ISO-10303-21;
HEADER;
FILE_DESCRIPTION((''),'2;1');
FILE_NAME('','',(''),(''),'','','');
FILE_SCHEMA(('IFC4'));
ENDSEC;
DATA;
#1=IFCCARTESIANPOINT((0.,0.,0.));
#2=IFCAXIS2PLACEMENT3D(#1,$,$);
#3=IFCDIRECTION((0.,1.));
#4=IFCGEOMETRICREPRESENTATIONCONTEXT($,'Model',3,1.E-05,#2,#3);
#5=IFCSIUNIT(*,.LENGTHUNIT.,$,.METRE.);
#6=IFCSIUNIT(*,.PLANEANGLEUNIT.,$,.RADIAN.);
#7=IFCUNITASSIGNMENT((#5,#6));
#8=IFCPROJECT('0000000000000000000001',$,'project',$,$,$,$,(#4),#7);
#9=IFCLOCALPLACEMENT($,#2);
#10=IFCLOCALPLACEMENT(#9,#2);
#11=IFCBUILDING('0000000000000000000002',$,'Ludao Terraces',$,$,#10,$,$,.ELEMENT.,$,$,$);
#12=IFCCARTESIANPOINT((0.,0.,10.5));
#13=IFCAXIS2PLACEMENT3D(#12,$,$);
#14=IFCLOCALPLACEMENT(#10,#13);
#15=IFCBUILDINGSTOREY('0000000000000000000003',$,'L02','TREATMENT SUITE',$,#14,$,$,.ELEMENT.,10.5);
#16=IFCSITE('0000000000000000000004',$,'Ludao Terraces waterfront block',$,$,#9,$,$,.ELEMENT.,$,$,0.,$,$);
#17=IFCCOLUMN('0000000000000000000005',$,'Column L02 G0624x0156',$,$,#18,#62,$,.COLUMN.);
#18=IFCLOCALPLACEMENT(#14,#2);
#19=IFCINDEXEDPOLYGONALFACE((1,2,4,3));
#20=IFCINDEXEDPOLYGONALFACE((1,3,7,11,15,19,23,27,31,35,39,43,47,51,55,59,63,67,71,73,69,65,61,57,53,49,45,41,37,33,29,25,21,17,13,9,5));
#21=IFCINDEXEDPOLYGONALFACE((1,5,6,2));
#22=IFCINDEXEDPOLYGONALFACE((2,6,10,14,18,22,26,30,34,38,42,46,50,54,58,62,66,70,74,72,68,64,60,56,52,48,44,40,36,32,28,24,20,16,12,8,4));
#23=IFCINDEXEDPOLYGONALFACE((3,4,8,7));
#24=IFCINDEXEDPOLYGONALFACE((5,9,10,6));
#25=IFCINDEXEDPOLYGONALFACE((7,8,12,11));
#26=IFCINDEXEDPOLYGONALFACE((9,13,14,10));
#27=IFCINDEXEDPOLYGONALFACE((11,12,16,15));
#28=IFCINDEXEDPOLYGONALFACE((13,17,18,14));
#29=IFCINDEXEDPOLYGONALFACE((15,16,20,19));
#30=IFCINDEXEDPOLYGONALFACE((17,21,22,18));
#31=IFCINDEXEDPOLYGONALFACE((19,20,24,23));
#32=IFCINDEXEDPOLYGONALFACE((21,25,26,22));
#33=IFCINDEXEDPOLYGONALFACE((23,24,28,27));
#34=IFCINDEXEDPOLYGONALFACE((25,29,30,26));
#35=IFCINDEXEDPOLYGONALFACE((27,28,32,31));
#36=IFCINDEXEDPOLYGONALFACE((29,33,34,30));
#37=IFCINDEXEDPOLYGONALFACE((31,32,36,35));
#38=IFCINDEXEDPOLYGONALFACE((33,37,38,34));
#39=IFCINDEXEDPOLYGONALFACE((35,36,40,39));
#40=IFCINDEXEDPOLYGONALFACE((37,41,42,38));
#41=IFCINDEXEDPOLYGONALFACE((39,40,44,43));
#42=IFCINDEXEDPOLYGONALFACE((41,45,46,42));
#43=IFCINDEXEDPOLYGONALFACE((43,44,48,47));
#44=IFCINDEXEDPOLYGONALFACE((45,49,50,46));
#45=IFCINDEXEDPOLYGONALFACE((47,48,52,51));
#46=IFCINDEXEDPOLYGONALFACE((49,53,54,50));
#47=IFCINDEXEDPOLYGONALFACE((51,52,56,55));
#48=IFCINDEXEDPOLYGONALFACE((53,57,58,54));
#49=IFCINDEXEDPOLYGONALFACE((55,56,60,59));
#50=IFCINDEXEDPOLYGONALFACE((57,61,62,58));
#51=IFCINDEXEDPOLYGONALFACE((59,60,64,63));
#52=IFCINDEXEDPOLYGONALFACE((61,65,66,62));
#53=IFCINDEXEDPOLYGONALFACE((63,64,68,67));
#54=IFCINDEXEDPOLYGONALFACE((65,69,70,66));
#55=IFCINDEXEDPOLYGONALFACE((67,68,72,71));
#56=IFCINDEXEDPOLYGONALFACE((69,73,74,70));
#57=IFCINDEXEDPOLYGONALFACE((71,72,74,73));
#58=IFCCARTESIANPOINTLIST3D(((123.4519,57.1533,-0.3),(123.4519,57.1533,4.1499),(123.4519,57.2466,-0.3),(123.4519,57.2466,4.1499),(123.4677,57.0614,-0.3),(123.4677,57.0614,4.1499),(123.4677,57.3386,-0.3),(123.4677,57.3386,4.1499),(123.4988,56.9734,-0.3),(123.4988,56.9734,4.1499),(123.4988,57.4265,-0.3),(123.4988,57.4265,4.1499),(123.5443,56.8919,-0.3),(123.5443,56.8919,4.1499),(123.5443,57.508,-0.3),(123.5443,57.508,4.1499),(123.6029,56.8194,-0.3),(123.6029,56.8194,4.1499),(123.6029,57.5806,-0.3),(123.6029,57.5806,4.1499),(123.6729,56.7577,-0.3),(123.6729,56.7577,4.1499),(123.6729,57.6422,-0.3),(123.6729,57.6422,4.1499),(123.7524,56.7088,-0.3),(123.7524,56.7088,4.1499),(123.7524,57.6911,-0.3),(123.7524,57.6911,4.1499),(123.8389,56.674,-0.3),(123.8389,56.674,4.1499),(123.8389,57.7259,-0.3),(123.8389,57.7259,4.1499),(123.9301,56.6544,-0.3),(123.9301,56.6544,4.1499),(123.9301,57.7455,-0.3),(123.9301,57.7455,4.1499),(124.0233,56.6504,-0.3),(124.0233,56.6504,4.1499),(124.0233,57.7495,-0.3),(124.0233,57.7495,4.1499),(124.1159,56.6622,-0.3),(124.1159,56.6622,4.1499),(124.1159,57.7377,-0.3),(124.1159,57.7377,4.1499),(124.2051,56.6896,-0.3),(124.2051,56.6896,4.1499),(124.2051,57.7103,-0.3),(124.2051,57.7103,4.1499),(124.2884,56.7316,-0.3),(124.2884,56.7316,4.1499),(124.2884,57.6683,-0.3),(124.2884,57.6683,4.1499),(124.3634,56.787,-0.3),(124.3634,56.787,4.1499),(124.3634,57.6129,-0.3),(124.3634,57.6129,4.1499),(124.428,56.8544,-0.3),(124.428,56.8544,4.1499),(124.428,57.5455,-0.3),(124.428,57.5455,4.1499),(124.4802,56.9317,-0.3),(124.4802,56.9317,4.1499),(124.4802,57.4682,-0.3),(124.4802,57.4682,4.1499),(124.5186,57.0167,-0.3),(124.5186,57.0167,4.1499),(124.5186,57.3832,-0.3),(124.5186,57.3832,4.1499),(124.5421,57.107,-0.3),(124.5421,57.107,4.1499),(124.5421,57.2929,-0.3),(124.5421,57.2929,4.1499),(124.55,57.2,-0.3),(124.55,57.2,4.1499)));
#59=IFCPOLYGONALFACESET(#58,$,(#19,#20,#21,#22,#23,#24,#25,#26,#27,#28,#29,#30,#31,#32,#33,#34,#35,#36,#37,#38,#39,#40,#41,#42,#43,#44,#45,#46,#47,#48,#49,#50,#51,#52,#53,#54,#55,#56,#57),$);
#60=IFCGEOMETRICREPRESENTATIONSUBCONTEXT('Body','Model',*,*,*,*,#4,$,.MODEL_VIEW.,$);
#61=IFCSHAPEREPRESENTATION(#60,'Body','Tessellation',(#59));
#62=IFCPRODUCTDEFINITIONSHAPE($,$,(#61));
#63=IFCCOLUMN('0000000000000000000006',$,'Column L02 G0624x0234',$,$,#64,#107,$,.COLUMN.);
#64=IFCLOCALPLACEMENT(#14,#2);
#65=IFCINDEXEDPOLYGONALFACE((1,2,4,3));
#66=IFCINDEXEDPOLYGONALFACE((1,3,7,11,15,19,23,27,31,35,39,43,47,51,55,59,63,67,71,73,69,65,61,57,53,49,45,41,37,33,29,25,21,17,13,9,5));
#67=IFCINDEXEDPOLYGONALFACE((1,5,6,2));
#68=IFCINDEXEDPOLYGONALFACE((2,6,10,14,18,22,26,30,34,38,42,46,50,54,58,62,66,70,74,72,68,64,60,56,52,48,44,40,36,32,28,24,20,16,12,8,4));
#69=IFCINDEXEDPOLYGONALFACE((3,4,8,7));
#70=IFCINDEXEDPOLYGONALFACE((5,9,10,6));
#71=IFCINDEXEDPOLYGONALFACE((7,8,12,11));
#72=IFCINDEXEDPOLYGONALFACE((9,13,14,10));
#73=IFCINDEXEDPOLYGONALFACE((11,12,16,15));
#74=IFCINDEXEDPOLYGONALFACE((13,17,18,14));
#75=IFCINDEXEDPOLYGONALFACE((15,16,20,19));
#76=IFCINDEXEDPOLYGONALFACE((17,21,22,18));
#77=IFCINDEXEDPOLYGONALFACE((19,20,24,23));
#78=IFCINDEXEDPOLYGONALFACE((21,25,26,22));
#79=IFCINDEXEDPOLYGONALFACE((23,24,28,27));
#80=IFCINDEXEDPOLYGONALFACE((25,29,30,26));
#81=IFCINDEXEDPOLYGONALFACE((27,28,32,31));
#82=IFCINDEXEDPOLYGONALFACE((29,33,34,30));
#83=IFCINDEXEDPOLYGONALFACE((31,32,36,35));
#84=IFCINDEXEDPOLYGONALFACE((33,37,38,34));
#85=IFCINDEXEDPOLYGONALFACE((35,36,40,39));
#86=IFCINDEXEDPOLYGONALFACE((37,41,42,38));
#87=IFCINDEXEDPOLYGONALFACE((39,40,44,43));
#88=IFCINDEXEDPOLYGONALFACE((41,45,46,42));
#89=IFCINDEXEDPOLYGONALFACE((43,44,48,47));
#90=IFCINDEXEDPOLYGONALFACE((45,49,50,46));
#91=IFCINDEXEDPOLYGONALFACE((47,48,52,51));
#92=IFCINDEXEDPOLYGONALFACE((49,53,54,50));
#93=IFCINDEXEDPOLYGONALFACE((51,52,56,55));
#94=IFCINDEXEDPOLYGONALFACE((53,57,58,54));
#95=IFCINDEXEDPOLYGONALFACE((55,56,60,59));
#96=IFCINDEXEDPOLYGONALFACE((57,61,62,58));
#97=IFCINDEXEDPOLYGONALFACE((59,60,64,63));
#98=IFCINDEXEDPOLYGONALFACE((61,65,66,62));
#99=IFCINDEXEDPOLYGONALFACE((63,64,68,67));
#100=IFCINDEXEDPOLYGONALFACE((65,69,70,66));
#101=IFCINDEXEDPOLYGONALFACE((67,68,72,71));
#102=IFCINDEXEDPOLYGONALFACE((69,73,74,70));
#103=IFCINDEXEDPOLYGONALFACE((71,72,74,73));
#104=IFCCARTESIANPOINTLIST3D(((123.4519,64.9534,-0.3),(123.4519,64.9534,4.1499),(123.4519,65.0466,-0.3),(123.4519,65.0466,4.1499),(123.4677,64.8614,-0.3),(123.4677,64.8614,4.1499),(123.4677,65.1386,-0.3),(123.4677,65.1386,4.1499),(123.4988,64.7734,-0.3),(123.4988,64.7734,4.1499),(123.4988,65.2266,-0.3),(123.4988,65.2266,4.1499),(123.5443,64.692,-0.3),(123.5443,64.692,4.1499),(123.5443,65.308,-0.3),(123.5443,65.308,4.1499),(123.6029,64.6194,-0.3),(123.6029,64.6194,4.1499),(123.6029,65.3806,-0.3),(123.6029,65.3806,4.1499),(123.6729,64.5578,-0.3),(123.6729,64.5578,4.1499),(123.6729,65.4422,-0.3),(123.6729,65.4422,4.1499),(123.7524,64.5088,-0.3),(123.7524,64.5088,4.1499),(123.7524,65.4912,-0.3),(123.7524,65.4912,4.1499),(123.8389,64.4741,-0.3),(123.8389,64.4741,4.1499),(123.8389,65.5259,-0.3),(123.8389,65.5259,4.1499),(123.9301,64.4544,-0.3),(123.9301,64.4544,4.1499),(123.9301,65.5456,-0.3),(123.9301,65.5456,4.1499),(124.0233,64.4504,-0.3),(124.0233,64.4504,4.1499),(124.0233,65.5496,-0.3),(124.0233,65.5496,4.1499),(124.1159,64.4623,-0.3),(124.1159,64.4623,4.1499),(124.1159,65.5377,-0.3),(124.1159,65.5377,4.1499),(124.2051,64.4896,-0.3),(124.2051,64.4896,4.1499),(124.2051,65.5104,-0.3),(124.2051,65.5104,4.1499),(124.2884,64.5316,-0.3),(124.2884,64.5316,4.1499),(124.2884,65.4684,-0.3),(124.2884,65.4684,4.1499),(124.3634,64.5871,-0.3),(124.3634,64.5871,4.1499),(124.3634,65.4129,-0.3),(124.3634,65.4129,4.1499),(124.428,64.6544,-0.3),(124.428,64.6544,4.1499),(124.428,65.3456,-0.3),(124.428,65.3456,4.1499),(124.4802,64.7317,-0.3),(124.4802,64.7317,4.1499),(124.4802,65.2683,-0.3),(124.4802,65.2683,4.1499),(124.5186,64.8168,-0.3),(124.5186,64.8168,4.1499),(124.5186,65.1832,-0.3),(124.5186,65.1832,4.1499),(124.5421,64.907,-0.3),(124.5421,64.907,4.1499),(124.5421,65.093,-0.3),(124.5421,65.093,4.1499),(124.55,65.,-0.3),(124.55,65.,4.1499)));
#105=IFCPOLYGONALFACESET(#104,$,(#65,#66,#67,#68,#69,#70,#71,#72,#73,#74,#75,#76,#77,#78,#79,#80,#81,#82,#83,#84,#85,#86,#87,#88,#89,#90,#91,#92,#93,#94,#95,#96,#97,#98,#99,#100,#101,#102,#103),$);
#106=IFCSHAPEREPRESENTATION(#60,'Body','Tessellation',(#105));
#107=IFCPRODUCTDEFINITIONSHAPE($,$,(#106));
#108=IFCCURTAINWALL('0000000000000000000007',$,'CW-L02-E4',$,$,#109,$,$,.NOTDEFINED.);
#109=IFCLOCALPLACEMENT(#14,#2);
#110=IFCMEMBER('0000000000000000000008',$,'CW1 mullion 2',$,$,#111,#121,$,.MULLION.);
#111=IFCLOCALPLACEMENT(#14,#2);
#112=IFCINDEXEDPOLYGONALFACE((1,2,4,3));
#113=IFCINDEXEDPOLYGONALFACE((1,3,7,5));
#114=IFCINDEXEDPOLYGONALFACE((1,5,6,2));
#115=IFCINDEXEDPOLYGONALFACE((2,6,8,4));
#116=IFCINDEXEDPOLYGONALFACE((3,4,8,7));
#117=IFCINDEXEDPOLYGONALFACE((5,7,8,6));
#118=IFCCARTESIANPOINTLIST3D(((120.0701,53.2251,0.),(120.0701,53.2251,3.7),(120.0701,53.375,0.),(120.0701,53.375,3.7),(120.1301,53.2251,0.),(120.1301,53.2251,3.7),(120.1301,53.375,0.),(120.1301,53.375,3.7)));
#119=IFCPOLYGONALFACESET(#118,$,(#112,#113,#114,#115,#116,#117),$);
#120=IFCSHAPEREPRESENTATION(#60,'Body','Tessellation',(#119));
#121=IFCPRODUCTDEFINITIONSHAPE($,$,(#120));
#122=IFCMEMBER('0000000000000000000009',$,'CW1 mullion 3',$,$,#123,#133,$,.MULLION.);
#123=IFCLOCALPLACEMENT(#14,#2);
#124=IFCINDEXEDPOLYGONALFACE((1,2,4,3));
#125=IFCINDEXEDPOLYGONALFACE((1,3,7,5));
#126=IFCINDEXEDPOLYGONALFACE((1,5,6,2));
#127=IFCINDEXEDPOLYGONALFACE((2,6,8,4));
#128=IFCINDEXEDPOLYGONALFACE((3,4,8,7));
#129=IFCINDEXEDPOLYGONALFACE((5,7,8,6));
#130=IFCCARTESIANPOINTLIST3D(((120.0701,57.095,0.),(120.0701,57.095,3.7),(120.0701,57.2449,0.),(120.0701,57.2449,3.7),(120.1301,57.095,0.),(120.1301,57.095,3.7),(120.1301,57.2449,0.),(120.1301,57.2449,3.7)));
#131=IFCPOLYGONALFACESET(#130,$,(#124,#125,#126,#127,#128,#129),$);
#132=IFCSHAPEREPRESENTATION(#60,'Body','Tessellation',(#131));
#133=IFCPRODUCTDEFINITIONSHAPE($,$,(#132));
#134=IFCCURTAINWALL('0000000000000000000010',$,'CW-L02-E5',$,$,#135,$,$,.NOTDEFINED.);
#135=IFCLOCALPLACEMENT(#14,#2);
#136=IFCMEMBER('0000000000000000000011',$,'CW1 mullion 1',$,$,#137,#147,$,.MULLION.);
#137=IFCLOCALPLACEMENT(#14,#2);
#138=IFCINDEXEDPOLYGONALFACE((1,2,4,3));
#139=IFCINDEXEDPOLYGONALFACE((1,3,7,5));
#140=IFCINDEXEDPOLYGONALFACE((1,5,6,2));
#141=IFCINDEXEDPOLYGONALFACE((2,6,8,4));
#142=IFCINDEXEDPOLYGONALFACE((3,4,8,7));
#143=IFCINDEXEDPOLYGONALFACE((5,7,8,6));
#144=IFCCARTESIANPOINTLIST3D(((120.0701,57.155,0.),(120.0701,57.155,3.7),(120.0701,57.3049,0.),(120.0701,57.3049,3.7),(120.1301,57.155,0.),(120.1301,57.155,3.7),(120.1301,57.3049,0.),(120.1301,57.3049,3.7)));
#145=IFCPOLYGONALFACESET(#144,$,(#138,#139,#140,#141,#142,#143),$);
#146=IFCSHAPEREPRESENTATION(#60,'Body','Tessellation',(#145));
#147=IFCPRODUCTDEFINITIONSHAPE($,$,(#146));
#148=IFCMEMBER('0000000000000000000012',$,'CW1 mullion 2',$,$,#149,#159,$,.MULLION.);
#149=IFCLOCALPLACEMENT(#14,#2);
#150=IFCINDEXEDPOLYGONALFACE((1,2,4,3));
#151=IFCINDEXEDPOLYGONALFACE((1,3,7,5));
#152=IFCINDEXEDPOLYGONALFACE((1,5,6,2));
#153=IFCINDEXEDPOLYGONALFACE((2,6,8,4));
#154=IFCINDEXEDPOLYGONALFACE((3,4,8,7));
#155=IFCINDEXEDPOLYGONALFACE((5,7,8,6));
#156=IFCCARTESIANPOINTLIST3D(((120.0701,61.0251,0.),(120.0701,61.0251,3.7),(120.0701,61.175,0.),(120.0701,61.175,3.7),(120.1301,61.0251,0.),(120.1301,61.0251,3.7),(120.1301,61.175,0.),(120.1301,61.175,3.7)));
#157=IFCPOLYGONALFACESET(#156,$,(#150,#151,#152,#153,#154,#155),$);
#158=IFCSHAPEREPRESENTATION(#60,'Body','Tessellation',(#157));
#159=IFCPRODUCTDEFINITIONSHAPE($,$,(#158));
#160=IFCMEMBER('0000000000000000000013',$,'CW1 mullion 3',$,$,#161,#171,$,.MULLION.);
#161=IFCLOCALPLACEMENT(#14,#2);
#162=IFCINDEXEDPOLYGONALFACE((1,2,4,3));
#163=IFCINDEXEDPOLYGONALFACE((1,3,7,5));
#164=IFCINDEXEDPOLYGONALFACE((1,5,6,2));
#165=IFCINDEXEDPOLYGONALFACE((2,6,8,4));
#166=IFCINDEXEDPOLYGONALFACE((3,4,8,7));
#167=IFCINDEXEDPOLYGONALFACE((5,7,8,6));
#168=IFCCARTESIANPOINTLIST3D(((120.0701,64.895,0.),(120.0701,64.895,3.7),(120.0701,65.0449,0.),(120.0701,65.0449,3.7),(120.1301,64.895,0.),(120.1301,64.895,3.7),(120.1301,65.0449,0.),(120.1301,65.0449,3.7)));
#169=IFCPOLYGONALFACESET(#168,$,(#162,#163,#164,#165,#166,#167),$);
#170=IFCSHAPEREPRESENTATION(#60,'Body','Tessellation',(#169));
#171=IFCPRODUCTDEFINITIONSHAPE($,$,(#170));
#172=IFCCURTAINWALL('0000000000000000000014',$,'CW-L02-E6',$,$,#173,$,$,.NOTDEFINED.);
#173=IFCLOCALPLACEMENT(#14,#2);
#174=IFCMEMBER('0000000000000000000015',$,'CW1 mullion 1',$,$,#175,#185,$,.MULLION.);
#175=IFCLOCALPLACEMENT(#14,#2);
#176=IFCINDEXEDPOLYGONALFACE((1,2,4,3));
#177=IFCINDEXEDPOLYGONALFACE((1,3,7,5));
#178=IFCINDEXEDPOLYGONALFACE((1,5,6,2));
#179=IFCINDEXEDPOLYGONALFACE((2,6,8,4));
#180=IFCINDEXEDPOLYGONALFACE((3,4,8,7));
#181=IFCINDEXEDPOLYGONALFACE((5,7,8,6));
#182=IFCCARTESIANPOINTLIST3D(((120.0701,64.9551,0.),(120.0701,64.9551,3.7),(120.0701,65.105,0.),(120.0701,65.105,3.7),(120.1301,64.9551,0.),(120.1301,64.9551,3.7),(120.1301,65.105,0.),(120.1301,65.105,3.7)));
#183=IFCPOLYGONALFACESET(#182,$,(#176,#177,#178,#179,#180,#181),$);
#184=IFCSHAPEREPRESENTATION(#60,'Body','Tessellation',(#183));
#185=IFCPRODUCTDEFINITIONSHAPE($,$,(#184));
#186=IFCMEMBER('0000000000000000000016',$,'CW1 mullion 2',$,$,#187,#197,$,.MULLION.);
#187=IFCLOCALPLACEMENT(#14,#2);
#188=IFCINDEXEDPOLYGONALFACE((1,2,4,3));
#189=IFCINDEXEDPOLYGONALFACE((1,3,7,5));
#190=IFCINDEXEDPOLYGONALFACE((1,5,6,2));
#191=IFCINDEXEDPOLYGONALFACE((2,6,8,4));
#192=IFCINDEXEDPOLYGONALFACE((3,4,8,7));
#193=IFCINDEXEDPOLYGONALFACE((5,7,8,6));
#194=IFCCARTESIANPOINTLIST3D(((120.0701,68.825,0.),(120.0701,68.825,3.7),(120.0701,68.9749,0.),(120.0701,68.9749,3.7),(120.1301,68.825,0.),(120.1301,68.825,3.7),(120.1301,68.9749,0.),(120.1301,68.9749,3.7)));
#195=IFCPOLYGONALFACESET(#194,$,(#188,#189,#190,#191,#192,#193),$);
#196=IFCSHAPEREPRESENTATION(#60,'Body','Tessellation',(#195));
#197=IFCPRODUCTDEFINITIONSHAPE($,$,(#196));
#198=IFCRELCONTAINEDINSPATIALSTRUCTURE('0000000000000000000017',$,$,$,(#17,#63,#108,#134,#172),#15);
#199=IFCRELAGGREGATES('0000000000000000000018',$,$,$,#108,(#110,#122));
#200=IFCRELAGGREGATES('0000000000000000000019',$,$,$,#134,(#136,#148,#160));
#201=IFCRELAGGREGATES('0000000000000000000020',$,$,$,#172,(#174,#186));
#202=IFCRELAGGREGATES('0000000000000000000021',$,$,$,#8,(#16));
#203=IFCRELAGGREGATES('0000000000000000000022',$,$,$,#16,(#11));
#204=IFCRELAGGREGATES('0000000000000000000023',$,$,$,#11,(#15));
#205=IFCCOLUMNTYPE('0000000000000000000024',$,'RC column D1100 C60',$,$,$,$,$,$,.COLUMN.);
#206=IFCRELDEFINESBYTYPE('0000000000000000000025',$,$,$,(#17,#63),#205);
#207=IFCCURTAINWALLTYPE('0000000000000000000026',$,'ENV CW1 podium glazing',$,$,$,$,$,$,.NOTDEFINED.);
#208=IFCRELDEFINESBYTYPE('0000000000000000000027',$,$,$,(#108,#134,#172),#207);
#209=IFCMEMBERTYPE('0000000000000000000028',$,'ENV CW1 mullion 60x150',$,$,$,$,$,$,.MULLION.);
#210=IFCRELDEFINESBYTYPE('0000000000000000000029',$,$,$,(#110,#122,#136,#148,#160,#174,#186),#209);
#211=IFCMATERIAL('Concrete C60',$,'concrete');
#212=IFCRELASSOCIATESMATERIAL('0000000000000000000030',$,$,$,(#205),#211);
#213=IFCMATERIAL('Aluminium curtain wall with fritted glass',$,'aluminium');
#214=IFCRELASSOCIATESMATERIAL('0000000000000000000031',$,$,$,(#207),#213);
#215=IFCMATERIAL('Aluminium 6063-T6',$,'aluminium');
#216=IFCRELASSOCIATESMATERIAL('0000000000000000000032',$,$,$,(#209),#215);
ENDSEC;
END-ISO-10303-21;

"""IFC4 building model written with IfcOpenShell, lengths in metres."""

from ifc_helpers import new_model, si_unit, direction, frame, origin, origin_2d, place, context, subcontext, project, spatial, rectangle, circle, extrude, material, material_profile, profile_set, type_object, element, aggregate, save


model = new_model("IFC4")

# Units and contexts
model_context = context("Model", 3, precision=1e-05, world=origin(), true_north=direction((0.0, 1.0)))
body_context = subcontext(model_context, "Body", "Model", "MODEL_VIEW")
ifc_project = project(units=[si_unit("LENGTHUNIT", "METRE"), si_unit("PLANEANGLEUNIT", "RADIAN")], contexts=[model_context])

# Site, building, storey
site_placement = place(None, origin())
site = spatial("IfcSite", under=ifc_project, at=site_placement, Name="Ludao Terraces waterfront block", CompositionType="ELEMENT", RefElevation=0.0)
building_placement = place(site_placement, origin())
building = spatial("IfcBuilding", under=site, at=building_placement, Name="Ludao Terraces", CompositionType="ELEMENT")
storey_placement = place(building_placement, frame((0.0, 0.0, 10.5)))
storey = spatial("IfcBuildingStorey", under=building, at=storey_placement, Name="L02", Description="TREATMENT SUITE", CompositionType="ELEMENT", Elevation=10.5)

# Columns
ifc_material_1 = material(Name="Concrete C60", Category="concrete")
ifc_material_profile_1 = material_profile(ifc_material_1, circle(Radius=0.55, at=origin_2d()), Name="D1100")
ifc_profile_set_1 = profile_set([ifc_material_profile_1], Name="Concrete C60")
column_type = type_object("IfcColumnType", Name="RC column D1100 C60", PredefinedType="COLUMN", material=ifc_profile_set_1)
for number, where, z_axis, x_axis, name in (
    (1, (124.0, 57.2, -0.3), (0.0, 0.0, 1.0), (1.0, 0.0, 0.0), "Column L02 G0624x0156"),
    (2, (124.0, 65.0, -0.3), (0.0, 0.0, 1.0), (1.0, 0.0, 0.0), "Column L02 G0624x0234"),
):
    element("IfcColumn", number, at=place(storey_placement, frame(where, z_axis=z_axis, x_axis=x_axis)), inside=storey, type_object=column_type, Name=name, PredefinedType="COLUMN", context=body_context, shape_type="SweptSolid", body=[
        extrude(circle(Radius=0.55, at=origin_2d()), origin(), (0.0, 0.0, 1.0), 4.45),
    ])

# Curtain walls, members
ifc_material_2 = material(Name="Aluminium curtain wall with fritted glass", Category="aluminium")
curtain_wall_type = type_object("IfcCurtainWallType", Name="ENV CW1 podium glazing", PredefinedType="NOTDEFINED", material=ifc_material_2)
curtain_wall_1_placement = place(storey_placement, origin())
curtain_wall_1 = element("IfcCurtainWall", 3, at=curtain_wall_1_placement, inside=storey, type_object=curtain_wall_type, Name="CW-L02-E4", PredefinedType="NOTDEFINED")
ifc_material_3 = material(Name="Aluminium 6063-T6", Category="aluminium")
ifc_material_profile_2 = material_profile(ifc_material_3, rectangle(XDim=0.0601, YDim=0.1499, at=origin_2d()), Name="60 X 150")
ifc_profile_set_2 = profile_set([ifc_material_profile_2], Name="Aluminium 6063-T6")
member_type_1 = type_object("IfcMemberType", Name="ENV CW1 mullion 60x150", PredefinedType="MULLION", material=ifc_profile_set_2)
member_1_placement = place(storey_placement, frame((120.1001, 53.3, 0.0), z_axis=(0.0, 0.0, 1.0), x_axis=(-1.0, 0.0, 0.0)))
member_1 = element("IfcMember", 4, at=member_1_placement, type_object=member_type_1, Name="CW1 mullion 2", PredefinedType="MULLION", context=body_context, shape_type="SweptSolid", body=[
    extrude(rectangle(XDim=0.0601, YDim=0.1499, at=origin_2d()), origin(), (0.0, 0.0, 1.0), 3.7),
])
member_2_placement = place(storey_placement, frame((120.1001, 57.1699, 0.0), z_axis=(0.0, 0.0, 1.0), x_axis=(-1.0, 0.0, 0.0)))
member_2 = element("IfcMember", 5, at=member_2_placement, type_object=member_type_1, Name="CW1 mullion 3", PredefinedType="MULLION", context=body_context, shape_type="SweptSolid", body=[
    extrude(rectangle(XDim=0.0601, YDim=0.1499, at=origin_2d()), origin(), (0.0, 0.0, 1.0), 3.7),
])
curtain_wall_2_placement = place(storey_placement, origin())
curtain_wall_2 = element("IfcCurtainWall", 6, at=curtain_wall_2_placement, inside=storey, type_object=curtain_wall_type, Name="CW-L02-E5", PredefinedType="NOTDEFINED")
member_3_placement = place(storey_placement, frame((120.1001, 57.23, 0.0), z_axis=(0.0, 0.0, 1.0), x_axis=(-1.0, 0.0, 0.0)))
member_3 = element("IfcMember", 7, at=member_3_placement, type_object=member_type_1, Name="CW1 mullion 1", PredefinedType="MULLION", context=body_context, shape_type="SweptSolid", body=[
    extrude(rectangle(XDim=0.0601, YDim=0.1499, at=origin_2d()), origin(), (0.0, 0.0, 1.0), 3.7),
])
member_4_placement = place(storey_placement, frame((120.1001, 61.1001, 0.0), z_axis=(0.0, 0.0, 1.0), x_axis=(-1.0, 0.0, 0.0)))
member_4 = element("IfcMember", 8, at=member_4_placement, type_object=member_type_1, Name="CW1 mullion 2", PredefinedType="MULLION", context=body_context, shape_type="SweptSolid", body=[
    extrude(rectangle(XDim=0.0601, YDim=0.1499, at=origin_2d()), origin(), (0.0, 0.0, 1.0), 3.7),
])
member_5_placement = place(storey_placement, frame((120.1001, 64.97, 0.0), z_axis=(0.0, 0.0, 1.0), x_axis=(-1.0, 0.0, 0.0)))
member_5 = element("IfcMember", 9, at=member_5_placement, type_object=member_type_1, Name="CW1 mullion 3", PredefinedType="MULLION", context=body_context, shape_type="SweptSolid", body=[
    extrude(rectangle(XDim=0.0601, YDim=0.1499, at=origin_2d()), origin(), (0.0, 0.0, 1.0), 3.7),
])
curtain_wall_3_placement = place(storey_placement, origin())
curtain_wall_3 = element("IfcCurtainWall", 10, at=curtain_wall_3_placement, inside=storey, type_object=curtain_wall_type, Name="CW-L02-E6", PredefinedType="NOTDEFINED")
member_6_placement = place(storey_placement, frame((120.1001, 65.03, 0.0), z_axis=(0.0, 0.0, 1.0), x_axis=(-1.0, 0.0, 0.0)))
member_6 = element("IfcMember", 11, at=member_6_placement, type_object=member_type_1, Name="CW1 mullion 1", PredefinedType="MULLION", context=body_context, shape_type="SweptSolid", body=[
    extrude(rectangle(XDim=0.0601, YDim=0.1499, at=origin_2d()), origin(), (0.0, 0.0, 1.0), 3.7),
])
member_7_placement = place(storey_placement, frame((120.1001, 68.8999, 0.0), z_axis=(0.0, 0.0, 1.0), x_axis=(-1.0, 0.0, 0.0)))
member_7 = element("IfcMember", 12, at=member_7_placement, type_object=member_type_1, Name="CW1 mullion 2", PredefinedType="MULLION", context=body_context, shape_type="SweptSolid", body=[
    extrude(rectangle(XDim=0.0601, YDim=0.1499, at=origin_2d()), origin(), (0.0, 0.0, 1.0), 3.7),
])

aggregate(curtain_wall_1, [member_1, member_2])
aggregate(curtain_wall_2, [member_3, member_4, member_5])
aggregate(curtain_wall_3, [member_6, member_7])

save(model, "model.ifc")
